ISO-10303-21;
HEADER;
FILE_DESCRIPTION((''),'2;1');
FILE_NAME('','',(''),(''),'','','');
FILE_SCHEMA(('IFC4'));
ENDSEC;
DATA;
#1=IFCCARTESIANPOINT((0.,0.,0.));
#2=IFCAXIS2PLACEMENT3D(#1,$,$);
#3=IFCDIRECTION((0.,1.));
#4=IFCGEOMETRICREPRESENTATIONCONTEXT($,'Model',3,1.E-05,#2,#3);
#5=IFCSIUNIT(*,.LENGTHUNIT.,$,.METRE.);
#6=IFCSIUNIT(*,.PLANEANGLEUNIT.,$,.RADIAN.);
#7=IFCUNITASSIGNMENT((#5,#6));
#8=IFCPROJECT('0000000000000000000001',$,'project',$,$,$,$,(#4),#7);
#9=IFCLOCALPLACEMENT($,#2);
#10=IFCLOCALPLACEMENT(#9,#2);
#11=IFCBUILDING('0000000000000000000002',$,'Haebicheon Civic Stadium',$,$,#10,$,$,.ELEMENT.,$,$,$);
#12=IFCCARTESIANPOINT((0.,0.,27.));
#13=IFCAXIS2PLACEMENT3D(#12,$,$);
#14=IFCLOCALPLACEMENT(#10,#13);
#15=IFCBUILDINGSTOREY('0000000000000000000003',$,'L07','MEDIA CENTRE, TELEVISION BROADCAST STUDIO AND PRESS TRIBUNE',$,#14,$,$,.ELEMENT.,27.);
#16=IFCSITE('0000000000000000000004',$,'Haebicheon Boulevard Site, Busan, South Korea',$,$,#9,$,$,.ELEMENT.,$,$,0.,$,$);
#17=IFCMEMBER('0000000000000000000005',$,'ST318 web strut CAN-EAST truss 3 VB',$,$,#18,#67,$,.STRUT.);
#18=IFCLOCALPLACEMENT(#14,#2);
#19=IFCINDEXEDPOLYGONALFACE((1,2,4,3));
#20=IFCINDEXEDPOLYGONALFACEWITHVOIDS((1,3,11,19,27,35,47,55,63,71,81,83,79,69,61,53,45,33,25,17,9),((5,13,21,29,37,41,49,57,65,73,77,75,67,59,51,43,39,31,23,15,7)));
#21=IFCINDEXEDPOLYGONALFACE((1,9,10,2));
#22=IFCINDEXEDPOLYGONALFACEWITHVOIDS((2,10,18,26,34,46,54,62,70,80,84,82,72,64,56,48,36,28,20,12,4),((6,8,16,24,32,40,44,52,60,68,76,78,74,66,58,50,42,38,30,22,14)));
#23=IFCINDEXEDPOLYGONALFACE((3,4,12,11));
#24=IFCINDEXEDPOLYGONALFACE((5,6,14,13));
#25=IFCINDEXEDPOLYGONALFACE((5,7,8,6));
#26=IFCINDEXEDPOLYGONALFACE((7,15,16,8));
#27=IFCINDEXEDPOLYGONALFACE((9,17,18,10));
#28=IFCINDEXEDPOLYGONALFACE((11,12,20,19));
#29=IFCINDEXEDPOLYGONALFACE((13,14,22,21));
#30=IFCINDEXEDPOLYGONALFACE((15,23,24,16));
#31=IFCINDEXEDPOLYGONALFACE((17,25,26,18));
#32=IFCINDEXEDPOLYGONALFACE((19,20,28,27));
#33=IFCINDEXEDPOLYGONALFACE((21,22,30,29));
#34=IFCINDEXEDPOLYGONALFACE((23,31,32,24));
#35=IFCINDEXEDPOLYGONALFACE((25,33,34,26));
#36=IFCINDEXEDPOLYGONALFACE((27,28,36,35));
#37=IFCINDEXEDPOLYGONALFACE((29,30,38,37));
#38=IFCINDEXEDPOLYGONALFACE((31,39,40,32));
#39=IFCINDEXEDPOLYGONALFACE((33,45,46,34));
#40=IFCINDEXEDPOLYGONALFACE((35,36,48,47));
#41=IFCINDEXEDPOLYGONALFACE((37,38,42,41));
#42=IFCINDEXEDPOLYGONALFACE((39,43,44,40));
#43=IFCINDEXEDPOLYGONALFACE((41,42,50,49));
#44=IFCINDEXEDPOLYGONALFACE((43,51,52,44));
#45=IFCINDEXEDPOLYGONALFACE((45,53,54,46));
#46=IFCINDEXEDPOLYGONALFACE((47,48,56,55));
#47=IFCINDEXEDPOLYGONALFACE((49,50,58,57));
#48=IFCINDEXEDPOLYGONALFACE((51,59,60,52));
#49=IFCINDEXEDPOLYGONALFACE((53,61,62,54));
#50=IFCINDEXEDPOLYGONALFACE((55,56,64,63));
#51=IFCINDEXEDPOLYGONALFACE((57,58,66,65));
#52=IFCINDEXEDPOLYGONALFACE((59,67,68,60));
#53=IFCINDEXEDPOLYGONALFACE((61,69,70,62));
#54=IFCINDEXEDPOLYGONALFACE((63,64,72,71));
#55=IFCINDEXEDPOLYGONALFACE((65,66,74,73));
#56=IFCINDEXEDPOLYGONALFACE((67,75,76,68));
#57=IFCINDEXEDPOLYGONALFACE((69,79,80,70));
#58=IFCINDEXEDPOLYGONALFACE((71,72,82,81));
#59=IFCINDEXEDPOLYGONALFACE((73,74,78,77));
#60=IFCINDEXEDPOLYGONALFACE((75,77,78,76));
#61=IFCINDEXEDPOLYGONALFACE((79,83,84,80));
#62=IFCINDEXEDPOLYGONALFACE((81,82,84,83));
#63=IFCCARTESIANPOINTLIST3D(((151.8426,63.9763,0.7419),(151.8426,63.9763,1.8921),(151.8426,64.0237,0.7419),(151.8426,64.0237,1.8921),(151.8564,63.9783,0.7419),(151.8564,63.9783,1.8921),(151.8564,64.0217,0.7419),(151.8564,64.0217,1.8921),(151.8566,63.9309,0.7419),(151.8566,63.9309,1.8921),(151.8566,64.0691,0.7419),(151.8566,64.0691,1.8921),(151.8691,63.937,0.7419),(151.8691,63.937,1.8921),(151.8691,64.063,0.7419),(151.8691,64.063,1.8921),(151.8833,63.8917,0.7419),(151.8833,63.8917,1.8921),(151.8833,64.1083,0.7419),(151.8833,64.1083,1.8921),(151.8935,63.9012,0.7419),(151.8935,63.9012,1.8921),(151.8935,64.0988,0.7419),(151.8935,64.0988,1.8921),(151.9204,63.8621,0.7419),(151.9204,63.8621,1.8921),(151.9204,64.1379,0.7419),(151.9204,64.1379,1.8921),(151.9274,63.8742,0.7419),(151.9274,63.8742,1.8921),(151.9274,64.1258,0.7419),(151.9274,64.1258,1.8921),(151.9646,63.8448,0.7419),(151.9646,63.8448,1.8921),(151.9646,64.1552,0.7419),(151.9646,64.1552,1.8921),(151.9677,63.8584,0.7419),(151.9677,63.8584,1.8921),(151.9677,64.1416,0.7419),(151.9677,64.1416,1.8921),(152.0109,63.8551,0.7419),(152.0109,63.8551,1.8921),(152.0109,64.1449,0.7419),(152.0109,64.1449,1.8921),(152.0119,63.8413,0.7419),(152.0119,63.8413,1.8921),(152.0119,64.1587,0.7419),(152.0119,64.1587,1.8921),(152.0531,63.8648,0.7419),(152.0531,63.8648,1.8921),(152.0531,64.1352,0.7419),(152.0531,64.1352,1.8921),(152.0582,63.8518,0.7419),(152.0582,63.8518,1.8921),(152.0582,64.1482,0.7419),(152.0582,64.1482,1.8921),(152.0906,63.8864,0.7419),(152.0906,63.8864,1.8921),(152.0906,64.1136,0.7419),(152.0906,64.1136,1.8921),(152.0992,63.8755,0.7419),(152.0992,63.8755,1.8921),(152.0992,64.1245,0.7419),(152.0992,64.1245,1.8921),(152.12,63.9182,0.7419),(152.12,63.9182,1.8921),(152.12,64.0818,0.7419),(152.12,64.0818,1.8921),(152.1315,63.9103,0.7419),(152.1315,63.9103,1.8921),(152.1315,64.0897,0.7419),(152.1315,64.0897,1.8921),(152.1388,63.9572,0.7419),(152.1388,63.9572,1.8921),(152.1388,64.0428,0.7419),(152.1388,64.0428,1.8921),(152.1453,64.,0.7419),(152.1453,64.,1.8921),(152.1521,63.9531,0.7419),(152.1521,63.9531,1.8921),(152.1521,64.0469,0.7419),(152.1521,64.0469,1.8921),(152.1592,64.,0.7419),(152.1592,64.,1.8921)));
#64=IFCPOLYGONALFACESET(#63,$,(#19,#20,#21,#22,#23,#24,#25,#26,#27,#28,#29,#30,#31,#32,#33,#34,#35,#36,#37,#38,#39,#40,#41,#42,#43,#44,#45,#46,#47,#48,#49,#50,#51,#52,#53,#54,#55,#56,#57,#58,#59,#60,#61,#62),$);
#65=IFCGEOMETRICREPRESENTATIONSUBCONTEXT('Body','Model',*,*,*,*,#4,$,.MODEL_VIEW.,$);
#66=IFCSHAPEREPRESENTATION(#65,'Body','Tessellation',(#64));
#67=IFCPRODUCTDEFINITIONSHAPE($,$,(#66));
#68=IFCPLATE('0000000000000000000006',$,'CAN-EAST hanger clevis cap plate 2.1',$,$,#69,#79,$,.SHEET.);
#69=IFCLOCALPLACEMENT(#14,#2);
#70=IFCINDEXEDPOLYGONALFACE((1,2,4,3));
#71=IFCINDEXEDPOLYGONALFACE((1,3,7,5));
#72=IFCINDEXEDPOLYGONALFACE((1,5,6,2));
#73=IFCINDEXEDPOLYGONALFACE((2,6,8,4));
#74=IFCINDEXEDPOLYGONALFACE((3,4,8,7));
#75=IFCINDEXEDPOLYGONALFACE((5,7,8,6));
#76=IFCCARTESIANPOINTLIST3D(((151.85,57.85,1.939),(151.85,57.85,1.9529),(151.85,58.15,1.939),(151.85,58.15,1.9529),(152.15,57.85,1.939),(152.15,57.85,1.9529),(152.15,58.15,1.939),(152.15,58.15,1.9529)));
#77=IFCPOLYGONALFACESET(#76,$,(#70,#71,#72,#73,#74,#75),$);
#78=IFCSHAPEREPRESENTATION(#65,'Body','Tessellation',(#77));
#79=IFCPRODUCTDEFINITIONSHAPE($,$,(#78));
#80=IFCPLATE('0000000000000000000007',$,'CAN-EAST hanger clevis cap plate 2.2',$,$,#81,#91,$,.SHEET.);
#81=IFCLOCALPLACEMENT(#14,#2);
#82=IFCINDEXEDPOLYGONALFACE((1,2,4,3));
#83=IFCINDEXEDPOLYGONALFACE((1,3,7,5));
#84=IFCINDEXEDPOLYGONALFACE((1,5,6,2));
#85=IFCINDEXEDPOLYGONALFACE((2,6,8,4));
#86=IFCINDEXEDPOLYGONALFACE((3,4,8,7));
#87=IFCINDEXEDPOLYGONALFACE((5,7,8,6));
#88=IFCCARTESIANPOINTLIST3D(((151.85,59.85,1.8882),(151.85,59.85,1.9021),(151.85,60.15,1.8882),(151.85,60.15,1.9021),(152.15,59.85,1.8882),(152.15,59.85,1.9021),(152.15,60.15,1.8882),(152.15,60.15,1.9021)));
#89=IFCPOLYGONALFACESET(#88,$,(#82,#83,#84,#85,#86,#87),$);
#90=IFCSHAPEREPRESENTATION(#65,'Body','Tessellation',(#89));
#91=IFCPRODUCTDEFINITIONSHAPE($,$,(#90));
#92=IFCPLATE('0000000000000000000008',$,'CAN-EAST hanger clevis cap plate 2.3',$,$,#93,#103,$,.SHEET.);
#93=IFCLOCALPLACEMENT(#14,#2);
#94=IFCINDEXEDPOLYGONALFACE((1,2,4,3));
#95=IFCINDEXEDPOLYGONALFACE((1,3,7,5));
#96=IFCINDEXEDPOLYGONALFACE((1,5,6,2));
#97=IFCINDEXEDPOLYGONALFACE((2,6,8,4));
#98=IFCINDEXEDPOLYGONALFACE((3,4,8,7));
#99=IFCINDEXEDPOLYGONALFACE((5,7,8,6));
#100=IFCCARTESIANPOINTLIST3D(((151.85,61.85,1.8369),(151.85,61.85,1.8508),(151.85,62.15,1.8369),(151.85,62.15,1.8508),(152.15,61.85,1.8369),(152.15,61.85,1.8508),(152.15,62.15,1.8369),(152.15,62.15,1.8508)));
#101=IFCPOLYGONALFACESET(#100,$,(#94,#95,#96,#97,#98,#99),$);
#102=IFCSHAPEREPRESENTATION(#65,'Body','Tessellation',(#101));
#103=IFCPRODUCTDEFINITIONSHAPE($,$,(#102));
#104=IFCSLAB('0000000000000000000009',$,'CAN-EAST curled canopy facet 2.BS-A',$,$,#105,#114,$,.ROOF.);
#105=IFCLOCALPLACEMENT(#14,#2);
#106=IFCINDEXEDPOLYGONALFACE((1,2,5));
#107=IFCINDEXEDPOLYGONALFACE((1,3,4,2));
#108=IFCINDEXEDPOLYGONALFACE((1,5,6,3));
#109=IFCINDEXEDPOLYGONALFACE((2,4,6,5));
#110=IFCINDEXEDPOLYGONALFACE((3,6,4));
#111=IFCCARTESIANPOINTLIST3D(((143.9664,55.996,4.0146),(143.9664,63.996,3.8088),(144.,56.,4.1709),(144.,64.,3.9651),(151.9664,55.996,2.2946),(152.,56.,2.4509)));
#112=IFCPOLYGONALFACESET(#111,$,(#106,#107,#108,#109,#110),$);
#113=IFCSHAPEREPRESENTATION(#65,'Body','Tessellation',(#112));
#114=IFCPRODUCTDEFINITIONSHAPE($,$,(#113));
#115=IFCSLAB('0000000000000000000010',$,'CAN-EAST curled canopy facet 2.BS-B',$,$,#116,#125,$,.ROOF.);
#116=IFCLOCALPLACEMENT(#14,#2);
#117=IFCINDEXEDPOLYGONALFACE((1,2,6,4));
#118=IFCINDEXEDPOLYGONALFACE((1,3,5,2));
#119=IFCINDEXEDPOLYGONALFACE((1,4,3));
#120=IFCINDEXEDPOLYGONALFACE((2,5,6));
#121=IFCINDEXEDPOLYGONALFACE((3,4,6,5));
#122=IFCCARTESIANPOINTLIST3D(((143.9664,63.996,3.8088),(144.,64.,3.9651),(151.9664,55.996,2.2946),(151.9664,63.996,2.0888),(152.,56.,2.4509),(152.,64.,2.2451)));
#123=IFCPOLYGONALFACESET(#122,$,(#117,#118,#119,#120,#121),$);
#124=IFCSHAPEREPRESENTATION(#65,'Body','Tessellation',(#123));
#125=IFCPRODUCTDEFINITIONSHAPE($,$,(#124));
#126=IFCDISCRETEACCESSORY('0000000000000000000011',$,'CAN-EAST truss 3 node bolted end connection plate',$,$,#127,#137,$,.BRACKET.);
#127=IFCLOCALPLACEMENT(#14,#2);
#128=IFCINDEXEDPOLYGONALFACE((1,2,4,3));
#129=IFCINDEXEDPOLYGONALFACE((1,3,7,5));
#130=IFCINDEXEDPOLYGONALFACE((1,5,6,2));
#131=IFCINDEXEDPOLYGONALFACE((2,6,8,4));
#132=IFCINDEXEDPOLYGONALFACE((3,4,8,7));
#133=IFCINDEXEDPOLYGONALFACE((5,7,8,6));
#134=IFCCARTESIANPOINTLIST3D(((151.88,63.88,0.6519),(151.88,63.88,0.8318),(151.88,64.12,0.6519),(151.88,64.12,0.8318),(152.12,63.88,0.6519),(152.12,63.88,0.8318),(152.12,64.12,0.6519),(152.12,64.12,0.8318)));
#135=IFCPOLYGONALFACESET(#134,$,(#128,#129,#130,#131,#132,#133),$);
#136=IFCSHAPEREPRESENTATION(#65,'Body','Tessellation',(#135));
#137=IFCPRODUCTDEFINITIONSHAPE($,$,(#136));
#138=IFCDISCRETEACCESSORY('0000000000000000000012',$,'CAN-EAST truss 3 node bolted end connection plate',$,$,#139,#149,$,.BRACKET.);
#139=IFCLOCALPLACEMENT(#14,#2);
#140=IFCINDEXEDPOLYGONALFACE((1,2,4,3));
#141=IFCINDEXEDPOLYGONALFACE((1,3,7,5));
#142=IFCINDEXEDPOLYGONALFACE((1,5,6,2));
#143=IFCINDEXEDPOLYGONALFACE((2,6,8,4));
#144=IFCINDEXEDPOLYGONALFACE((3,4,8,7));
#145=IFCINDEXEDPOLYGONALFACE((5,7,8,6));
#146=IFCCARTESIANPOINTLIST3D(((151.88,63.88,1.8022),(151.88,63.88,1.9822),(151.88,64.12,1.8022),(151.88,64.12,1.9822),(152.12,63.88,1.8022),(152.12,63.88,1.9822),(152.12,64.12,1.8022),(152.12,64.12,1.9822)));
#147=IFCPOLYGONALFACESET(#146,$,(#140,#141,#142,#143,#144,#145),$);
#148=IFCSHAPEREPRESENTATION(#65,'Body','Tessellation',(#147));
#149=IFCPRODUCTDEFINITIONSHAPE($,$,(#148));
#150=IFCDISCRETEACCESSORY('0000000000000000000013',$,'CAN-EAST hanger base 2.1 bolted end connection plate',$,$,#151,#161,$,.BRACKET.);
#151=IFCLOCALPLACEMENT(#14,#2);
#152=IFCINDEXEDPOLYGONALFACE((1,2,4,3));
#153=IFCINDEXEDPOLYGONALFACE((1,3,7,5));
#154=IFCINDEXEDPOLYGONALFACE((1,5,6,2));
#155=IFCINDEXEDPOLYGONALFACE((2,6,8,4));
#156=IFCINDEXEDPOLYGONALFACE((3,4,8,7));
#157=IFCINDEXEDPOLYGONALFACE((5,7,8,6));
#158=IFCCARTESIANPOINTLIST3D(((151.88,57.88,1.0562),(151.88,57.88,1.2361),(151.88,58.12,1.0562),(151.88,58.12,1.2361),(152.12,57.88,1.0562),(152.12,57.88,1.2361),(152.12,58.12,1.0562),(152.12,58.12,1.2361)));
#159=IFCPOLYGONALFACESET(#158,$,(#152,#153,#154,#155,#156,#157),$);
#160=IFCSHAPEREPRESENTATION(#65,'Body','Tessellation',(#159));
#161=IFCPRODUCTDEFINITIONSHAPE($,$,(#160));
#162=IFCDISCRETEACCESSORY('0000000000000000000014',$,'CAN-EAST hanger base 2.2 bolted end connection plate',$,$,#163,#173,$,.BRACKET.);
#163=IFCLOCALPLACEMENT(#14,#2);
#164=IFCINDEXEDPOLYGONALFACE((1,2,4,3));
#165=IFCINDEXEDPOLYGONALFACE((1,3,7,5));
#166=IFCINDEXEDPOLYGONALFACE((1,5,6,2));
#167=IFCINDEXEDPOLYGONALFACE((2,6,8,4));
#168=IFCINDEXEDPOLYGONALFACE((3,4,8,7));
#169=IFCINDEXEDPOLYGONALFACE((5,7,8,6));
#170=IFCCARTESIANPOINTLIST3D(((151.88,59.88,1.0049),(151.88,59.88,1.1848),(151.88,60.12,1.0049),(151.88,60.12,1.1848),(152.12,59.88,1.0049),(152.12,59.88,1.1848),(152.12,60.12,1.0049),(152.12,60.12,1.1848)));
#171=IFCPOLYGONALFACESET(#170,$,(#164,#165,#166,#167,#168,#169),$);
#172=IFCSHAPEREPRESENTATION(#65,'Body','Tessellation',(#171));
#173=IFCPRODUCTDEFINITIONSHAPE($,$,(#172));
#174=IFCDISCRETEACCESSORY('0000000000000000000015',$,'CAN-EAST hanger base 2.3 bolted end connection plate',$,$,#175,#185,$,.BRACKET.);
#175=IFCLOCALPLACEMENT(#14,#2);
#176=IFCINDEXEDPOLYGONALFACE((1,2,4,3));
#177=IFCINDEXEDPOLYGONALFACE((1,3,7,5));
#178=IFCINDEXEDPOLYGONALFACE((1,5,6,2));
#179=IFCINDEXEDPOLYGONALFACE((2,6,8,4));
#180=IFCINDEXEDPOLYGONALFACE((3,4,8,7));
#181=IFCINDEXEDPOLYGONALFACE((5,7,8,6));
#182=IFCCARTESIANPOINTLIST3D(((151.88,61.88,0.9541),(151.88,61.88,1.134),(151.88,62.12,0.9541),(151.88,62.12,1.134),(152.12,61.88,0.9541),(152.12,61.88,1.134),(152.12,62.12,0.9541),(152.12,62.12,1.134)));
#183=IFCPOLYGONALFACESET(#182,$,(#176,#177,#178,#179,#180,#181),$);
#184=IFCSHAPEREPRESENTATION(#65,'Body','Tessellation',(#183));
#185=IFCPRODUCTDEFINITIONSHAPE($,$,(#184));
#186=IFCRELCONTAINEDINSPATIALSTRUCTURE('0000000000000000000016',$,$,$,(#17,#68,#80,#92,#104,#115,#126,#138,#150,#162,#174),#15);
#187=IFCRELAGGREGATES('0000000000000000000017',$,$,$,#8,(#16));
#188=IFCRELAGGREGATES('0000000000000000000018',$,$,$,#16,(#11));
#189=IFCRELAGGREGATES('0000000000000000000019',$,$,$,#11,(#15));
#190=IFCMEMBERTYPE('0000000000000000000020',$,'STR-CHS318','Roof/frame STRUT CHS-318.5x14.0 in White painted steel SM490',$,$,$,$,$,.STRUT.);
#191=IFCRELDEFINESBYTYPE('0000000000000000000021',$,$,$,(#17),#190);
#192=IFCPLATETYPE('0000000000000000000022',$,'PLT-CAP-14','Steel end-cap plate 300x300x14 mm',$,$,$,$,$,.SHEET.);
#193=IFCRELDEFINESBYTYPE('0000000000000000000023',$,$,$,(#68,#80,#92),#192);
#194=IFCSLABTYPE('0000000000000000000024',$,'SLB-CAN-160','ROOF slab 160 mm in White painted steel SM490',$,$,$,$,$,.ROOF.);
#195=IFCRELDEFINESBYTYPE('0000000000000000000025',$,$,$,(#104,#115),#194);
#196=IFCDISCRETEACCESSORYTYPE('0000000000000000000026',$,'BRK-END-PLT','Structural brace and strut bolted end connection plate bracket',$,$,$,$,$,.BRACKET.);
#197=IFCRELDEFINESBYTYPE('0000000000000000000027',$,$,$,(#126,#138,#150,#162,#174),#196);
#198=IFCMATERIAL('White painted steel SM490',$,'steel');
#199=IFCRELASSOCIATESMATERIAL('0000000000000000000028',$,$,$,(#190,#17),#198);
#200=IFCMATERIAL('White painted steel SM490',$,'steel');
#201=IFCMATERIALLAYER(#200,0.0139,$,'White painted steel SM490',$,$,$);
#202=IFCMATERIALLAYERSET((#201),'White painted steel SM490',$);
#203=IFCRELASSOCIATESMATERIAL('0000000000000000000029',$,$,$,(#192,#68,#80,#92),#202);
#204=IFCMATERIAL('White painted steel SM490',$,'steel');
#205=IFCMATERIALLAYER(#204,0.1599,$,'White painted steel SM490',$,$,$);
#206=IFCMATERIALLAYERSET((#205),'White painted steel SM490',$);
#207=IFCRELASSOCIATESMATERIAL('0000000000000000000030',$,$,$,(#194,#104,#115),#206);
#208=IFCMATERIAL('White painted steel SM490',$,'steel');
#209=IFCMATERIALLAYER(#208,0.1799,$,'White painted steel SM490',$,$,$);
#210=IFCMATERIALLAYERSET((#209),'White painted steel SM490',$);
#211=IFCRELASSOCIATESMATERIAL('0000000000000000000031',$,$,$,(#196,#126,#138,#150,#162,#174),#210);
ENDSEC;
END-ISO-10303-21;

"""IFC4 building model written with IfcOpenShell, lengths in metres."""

from ifc_helpers import new_model, si_unit, direction, frame, origin, origin_2d, place, context, subcontext, project, spatial, polyline, rectangle, hollow_circle, outline, extrude, material, layer, layer_set, material_profile, profile_set, type_object, element, save


model = new_model("IFC4")

# Units and contexts
model_context = context("Model", 3, precision=1e-05, world=origin(), true_north=direction((0.0, 1.0)))
body_context = subcontext(model_context, "Body", "Model", "MODEL_VIEW")
ifc_project = project(units=[si_unit("LENGTHUNIT", "METRE"), si_unit("PLANEANGLEUNIT", "RADIAN")], contexts=[model_context])

# Site, building, storey
site_placement = place(None, origin())
site = spatial("IfcSite", under=ifc_project, at=site_placement, Name="Haebicheon Boulevard Site, Busan, South Korea", CompositionType="ELEMENT", RefElevation=0.0)
building_placement = place(site_placement, origin())
building = spatial("IfcBuilding", under=site, at=building_placement, Name="Haebicheon Civic Stadium", CompositionType="ELEMENT")
storey_placement = place(building_placement, frame((0.0, 0.0, 27.0)))
storey = spatial("IfcBuildingStorey", under=building, at=storey_placement, Name="L07", Description="MEDIA CENTRE, TELEVISION BROADCAST STUDIO AND PRESS TRIBUNE", CompositionType="ELEMENT", Elevation=27.0)

# Member
ifc_material_1 = material(Name="White painted steel SM490", Category="steel")
ifc_material_profile_1 = material_profile(ifc_material_1, hollow_circle(Radius=0.1592, WallThickness=0.0139, at=origin_2d()), Name="CHS-318.5x14.0")
ifc_profile_set_1 = profile_set([ifc_material_profile_1], Name="White painted steel SM490")
member_type_1 = type_object("IfcMemberType", Name="STR-CHS318", Description="Roof/frame STRUT CHS-318.5x14.0 in White painted steel SM490", PredefinedType="STRUT", material=ifc_profile_set_1)
member_1_placement = place(storey_placement, frame((152.0, 64.0, 0.7419), z_axis=(0.0, 0.0, 1.0), x_axis=(1.0, 0.0, 0.0)))
element("IfcMember", 1, at=member_1_placement, inside=storey, type_object=member_type_1, material=ifc_profile_set_1, Name="ST318 web strut CAN-EAST truss 3 VB", PredefinedType="STRUT", context=body_context, shape_type="SweptSolid", body=[
    extrude(hollow_circle(Radius=0.1592, WallThickness=0.0139, at=origin_2d()), origin(), (0.0, 0.0, 1.0), 1.1501),
])

# Plates
ifc_material_2 = material(Name="White painted steel SM490", Category="steel")
ifc_layer_1 = layer(ifc_material_2, 0.0139, Name="White painted steel SM490")
ifc_layer_set_1 = layer_set([ifc_layer_1], Name="White painted steel SM490")
plate_type = type_object("IfcPlateType", Name="PLT-CAP-14", Description="Steel end-cap plate 300x300x14 mm", PredefinedType="SHEET", material=ifc_layer_set_1)
for number, where, z_axis, x_axis, name in (
    (2, (152.0, 58.0, 1.939), (0.0, 0.0, 1.0), (1.0, 0.0, 0.0), "CAN-EAST hanger clevis cap plate 2.1"),
    (3, (152.0, 60.0, 1.8882), (0.0, 0.0, 1.0), (1.0, 0.0, 0.0), "CAN-EAST hanger clevis cap plate 2.2"),
    (4, (152.0, 62.0, 1.8369), (0.0, 0.0, 1.0), (1.0, 0.0, 0.0), "CAN-EAST hanger clevis cap plate 2.3"),
):
    element("IfcPlate", number, at=place(storey_placement, frame(where, z_axis=z_axis, x_axis=x_axis)), inside=storey, type_object=plate_type, material=ifc_layer_set_1, Name=name, PredefinedType="SHEET", context=body_context, shape_type="SweptSolid", body=[
        extrude(rectangle(XDim=0.3, YDim=0.3, at=origin_2d()), origin(), (0.0, 0.0, 1.0), 0.0139),
    ])

# Slabs
ifc_material_3 = material(Name="White painted steel SM490", Category="steel")
ifc_layer_2 = layer(ifc_material_3, 0.1599, Name="White painted steel SM490")
ifc_layer_set_2 = layer_set([ifc_layer_2], Name="White painted steel SM490")
slab_type = type_object("IfcSlabType", Name="SLB-CAN-160", Description="ROOF slab 160 mm in White painted steel SM490", PredefinedType="ROOF", material=ifc_layer_set_2)
slab_1_placement = place(storey_placement, frame((152.0, 56.0, 2.4509), z_axis=(0.210127, 0.025144, 0.977351), x_axis=(-0.97766, 0.0, 0.210193)))
element("IfcSlab", 5, at=slab_1_placement, inside=storey, type_object=slab_type, material=ifc_layer_set_2, Name="CAN-EAST curled canopy facet 2.BS-A", PredefinedType="ROOF", context=body_context, shape_type="SweptSolid", body=[
    extrude(outline(polyline([(0.0, 0.0), (8.1828, 0.0), (8.1395, -8.0025), (0.0, 0.0)])), origin(), (0.0, 0.0, -1.0), 0.1599),
])
slab_2_placement = place(storey_placement, frame((152.0, 56.0, 2.4509), z_axis=(0.210127, 0.025144, 0.977351), x_axis=(-0.700858, 0.700858, 0.132651)))
element("IfcSlab", 6, at=slab_2_placement, inside=storey, type_object=slab_type, material=ifc_layer_set_2, Name="CAN-EAST curled canopy facet 2.BS-B", PredefinedType="ROOF", context=body_context, shape_type="SweptSolid", body=[
    extrude(outline(polyline([(0.0, 0.0), (11.4146, 0.0), (5.5796, -5.7368), (0.0, 0.0)])), origin(), (0.0, 0.0, -1.0), 0.1599),
])

# Discrete accessories
ifc_material_4 = material(Name="White painted steel SM490", Category="steel")
ifc_layer_3 = layer(ifc_material_4, 0.1799, Name="White painted steel SM490")
ifc_layer_set_3 = layer_set([ifc_layer_3], Name="White painted steel SM490")
discrete_accessory_type = type_object("IfcDiscreteAccessoryType", Name="BRK-END-PLT", Description="Structural brace and strut bolted end connection plate bracket", PredefinedType="BRACKET", material=ifc_layer_set_3)
for number, where, z_axis, x_axis, name in (
    (7, (152.0, 64.0, 0.6519), (0.0, 0.0, 1.0), (1.0, 0.0, 0.0), "CAN-EAST truss 3 node bolted end connection plate"),
    (8, (152.0, 64.0, 1.8022), (0.0, 0.0, 1.0), (1.0, 0.0, 0.0), "CAN-EAST truss 3 node bolted end connection plate"),
    (9, (152.0, 58.0, 1.0562), (0.0, 0.0, 1.0), (1.0, 0.0, 0.0), "CAN-EAST hanger base 2.1 bolted end connection plate"),
    (10, (152.0, 60.0, 1.0049), (0.0, 0.0, 1.0), (1.0, 0.0, 0.0), "CAN-EAST hanger base 2.2 bolted end connection plate"),
    (11, (152.0, 62.0, 0.9541), (0.0, 0.0, 1.0), (1.0, 0.0, 0.0), "CAN-EAST hanger base 2.3 bolted end connection plate"),
):
    element("IfcDiscreteAccessory", number, at=place(storey_placement, frame(where, z_axis=z_axis, x_axis=x_axis)), inside=storey, type_object=discrete_accessory_type, material=ifc_layer_set_3, Name=name, PredefinedType="BRACKET", context=body_context, shape_type="SweptSolid", body=[
        extrude(rectangle(XDim=0.24, YDim=0.24, at=origin_2d()), origin(), (0.0, 0.0, 1.0), 0.1799),
    ])

save(model, "model.ifc")
